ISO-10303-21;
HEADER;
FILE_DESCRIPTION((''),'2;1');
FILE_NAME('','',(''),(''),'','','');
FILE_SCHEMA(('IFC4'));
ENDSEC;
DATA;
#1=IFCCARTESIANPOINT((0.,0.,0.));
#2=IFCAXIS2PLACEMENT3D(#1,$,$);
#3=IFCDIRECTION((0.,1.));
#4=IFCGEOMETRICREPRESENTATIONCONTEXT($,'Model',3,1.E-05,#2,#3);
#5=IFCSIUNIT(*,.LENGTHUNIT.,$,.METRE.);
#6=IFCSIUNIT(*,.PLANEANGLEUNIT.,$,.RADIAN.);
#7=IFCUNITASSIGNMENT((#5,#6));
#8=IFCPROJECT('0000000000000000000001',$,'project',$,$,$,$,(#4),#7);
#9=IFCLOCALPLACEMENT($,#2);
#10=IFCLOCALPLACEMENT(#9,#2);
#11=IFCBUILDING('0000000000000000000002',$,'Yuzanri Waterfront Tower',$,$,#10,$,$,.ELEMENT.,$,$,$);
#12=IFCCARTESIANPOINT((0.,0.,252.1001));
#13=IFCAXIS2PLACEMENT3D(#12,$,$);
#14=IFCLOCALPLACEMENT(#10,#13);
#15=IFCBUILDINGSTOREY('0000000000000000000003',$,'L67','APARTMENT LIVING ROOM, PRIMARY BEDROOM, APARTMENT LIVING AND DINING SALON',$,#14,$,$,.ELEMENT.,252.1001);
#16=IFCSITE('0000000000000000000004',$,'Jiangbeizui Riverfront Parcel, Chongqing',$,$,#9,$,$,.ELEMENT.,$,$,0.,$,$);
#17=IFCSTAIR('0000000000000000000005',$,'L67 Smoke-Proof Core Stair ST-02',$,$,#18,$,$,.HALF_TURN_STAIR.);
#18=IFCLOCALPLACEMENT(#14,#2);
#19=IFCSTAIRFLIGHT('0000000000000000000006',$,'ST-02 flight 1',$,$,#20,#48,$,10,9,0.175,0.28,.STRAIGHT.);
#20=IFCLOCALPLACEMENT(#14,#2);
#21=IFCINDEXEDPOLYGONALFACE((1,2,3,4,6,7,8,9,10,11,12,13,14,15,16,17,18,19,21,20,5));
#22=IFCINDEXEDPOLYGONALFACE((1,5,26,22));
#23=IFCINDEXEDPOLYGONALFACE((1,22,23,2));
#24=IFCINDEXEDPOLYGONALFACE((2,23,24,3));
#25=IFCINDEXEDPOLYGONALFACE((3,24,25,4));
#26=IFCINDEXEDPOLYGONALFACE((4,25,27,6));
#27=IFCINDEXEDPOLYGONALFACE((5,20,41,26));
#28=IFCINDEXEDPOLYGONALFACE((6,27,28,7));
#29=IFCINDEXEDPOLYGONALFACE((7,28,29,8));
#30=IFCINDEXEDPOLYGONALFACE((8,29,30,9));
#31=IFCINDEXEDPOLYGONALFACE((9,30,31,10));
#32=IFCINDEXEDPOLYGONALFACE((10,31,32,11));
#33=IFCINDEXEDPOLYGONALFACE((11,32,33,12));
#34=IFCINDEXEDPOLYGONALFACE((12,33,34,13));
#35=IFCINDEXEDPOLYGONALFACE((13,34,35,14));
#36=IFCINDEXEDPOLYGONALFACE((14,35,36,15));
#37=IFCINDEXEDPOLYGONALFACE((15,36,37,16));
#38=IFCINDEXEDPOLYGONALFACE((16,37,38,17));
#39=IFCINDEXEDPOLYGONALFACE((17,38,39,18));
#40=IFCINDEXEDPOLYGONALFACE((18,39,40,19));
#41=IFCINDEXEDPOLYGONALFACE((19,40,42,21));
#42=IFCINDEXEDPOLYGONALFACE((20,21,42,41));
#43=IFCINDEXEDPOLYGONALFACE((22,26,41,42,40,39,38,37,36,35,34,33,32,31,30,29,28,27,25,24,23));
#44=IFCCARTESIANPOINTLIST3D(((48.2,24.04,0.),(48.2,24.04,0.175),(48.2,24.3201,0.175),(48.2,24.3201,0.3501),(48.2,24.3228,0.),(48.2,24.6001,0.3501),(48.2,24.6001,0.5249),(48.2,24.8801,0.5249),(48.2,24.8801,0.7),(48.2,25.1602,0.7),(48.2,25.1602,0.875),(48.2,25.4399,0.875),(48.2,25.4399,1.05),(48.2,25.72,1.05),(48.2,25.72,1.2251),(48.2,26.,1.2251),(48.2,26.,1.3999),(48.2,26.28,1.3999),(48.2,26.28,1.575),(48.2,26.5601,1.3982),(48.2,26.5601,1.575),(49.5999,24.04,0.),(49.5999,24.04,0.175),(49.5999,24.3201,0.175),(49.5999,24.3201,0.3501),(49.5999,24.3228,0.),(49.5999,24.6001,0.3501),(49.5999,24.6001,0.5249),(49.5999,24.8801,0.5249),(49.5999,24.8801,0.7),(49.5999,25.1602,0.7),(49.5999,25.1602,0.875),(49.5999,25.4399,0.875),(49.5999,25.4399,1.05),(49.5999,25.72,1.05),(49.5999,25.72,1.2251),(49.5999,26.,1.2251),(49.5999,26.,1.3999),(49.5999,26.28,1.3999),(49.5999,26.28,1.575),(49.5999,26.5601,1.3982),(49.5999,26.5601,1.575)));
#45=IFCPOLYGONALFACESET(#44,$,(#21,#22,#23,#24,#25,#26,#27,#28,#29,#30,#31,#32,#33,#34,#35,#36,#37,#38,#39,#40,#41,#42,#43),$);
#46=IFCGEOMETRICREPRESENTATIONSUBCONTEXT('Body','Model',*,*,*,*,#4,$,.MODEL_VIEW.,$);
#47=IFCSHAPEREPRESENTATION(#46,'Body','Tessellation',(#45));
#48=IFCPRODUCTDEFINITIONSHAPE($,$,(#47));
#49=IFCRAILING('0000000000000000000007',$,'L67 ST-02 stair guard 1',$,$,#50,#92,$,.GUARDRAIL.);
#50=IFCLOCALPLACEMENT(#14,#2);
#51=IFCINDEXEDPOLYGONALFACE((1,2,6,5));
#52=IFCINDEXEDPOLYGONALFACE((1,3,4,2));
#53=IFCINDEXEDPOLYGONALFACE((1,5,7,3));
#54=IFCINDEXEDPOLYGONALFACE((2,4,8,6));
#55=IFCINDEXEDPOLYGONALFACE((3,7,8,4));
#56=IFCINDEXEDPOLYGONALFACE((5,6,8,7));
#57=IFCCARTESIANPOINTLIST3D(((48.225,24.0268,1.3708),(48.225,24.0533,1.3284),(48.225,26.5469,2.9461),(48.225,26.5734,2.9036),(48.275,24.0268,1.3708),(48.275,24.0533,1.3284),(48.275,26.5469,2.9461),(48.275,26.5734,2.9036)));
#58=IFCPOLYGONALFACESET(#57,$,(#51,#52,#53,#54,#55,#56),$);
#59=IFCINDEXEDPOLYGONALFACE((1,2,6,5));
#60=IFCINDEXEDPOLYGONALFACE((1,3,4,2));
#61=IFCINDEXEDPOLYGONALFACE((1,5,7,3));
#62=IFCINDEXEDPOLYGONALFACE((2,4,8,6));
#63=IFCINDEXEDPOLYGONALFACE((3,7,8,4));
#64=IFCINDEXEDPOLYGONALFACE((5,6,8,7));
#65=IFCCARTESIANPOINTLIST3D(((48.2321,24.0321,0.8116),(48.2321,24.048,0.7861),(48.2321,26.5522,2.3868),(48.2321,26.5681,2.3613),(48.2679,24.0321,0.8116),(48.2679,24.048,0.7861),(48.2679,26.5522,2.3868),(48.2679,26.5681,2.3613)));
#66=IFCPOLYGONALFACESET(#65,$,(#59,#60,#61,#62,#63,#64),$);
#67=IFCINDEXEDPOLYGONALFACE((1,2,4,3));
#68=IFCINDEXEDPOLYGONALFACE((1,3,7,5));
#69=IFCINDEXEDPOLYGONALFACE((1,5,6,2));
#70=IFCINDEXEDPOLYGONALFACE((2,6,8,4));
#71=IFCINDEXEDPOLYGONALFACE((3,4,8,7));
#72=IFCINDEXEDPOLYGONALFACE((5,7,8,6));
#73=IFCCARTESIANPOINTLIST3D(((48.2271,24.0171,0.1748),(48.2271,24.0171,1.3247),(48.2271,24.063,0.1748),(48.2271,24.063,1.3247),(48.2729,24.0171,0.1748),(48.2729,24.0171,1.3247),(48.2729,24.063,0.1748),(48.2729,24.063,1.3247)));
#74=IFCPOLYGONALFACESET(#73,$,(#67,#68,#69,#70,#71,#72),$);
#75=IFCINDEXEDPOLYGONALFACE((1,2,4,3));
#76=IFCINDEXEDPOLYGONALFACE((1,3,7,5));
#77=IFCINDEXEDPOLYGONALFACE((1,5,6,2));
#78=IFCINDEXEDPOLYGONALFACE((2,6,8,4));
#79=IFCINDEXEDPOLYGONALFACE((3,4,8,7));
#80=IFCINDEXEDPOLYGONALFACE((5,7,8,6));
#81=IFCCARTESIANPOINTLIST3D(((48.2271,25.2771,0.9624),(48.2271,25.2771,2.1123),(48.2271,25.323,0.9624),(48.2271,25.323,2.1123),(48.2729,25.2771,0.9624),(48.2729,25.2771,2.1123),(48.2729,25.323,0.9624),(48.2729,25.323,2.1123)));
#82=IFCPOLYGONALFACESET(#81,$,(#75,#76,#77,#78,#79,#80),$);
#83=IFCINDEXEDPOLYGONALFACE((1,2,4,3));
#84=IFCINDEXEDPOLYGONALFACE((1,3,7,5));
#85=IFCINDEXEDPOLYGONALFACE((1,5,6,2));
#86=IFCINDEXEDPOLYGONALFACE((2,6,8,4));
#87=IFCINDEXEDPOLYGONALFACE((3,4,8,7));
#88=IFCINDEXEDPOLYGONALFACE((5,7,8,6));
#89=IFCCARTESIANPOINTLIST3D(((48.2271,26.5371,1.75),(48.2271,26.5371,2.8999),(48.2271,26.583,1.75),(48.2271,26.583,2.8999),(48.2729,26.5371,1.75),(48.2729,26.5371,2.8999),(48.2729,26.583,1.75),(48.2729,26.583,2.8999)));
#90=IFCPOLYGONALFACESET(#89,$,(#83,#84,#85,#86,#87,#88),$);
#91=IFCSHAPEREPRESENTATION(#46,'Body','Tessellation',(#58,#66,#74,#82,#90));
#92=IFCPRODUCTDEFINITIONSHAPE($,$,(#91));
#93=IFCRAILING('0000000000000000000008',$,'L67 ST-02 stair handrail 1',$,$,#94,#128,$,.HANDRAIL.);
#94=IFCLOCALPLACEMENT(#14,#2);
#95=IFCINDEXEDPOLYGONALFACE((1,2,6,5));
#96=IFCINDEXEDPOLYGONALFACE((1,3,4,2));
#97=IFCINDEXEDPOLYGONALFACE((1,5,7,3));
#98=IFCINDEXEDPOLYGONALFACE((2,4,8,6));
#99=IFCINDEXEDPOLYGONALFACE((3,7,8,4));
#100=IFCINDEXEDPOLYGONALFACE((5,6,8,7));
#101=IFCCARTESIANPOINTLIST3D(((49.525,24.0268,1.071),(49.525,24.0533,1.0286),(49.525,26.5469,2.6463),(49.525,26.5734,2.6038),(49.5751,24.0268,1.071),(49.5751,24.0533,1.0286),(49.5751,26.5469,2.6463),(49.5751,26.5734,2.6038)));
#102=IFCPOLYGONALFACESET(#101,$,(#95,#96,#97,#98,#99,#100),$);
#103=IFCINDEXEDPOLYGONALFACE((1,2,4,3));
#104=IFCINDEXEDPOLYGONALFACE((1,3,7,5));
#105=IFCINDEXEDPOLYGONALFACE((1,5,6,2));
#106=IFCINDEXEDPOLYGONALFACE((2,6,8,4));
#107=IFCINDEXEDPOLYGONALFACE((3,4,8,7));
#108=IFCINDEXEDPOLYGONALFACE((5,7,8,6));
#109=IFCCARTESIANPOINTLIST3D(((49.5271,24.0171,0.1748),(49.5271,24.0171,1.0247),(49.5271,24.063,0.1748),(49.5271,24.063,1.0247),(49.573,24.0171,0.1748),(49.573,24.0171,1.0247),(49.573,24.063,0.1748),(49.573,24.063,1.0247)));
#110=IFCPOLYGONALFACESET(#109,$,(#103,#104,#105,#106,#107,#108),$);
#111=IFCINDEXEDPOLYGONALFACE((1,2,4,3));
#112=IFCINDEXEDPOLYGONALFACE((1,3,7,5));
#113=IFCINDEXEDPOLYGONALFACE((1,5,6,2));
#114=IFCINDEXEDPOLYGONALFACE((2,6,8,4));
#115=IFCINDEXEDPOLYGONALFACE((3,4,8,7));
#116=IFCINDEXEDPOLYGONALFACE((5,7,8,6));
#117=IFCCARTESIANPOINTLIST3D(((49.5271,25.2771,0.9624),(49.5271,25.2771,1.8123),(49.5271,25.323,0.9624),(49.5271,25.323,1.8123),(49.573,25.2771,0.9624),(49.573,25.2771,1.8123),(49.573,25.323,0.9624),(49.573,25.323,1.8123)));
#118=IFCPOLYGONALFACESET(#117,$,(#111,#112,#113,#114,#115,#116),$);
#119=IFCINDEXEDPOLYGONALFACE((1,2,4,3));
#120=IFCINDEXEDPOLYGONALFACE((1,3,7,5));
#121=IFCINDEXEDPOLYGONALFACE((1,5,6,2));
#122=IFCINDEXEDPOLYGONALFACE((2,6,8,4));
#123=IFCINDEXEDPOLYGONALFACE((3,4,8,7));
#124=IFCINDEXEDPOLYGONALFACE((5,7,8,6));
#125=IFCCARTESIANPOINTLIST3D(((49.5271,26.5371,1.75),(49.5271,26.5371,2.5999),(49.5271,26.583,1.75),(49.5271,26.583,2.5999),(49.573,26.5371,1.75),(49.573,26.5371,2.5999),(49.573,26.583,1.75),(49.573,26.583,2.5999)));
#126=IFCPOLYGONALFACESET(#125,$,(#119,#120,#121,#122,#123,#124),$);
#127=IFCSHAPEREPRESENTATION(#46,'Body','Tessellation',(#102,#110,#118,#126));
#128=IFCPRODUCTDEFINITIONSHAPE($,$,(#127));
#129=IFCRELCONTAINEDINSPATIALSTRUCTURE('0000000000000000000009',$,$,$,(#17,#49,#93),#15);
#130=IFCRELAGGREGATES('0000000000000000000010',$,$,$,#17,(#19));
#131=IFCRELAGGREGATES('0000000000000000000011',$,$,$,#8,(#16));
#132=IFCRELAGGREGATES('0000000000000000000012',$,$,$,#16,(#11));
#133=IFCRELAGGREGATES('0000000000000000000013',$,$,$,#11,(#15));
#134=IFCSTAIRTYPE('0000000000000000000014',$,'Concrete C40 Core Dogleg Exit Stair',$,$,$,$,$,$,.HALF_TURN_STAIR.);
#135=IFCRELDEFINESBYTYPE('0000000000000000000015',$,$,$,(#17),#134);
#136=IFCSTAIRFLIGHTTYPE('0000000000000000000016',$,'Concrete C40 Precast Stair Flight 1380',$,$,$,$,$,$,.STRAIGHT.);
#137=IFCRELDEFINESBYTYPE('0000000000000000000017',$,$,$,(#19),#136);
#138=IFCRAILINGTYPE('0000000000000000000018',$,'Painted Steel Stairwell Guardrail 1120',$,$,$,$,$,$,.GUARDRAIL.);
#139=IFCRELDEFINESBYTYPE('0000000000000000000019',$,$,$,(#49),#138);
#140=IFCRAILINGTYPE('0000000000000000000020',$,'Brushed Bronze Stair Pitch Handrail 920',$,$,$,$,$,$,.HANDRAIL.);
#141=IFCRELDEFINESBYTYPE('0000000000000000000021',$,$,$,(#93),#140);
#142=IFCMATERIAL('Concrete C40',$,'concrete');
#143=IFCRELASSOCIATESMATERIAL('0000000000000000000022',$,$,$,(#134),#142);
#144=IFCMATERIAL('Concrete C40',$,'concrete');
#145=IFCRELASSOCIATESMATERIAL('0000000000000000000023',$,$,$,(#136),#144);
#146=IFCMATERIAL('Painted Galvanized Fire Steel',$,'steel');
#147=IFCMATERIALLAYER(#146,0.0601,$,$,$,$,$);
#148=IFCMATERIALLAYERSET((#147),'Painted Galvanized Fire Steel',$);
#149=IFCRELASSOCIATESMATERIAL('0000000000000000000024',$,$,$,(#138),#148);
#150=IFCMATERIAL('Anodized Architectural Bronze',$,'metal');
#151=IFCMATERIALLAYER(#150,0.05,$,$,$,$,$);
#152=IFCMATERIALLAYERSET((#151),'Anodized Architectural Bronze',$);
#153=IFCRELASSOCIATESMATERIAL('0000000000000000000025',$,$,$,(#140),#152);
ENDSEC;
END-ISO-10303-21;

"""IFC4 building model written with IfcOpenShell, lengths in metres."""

from ifc_helpers import new_model, si_unit, direction, frame, origin, origin_2d, place, context, subcontext, project, spatial, polyline, rectangle, outline, extrude, source, transform, mapped, material, layer, layer_set, type_object, element, aggregate, save


model = new_model("IFC4")

# Units and contexts
model_context = context("Model", 3, precision=1e-05, world=origin(), true_north=direction((0.0, 1.0)))
body_context = subcontext(model_context, "Body", "Model", "MODEL_VIEW")
ifc_project = project(units=[si_unit("LENGTHUNIT", "METRE"), si_unit("PLANEANGLEUNIT", "RADIAN")], contexts=[model_context])

# Site, building, storey
site_placement = place(None, origin())
site = spatial("IfcSite", under=ifc_project, at=site_placement, Name="Jiangbeizui Riverfront Parcel, Chongqing", CompositionType="ELEMENT", RefElevation=0.0)
building_placement = place(site_placement, origin())
building = spatial("IfcBuilding", under=site, at=building_placement, Name="Yuzanri Waterfront Tower", CompositionType="ELEMENT")
storey_placement = place(building_placement, frame((0.0, 0.0, 252.1001)))
storey = spatial("IfcBuildingStorey", under=building, at=storey_placement, Name="L67", Description="APARTMENT LIVING ROOM, PRIMARY BEDROOM, APARTMENT LIVING AND DINING SALON", CompositionType="ELEMENT", Elevation=252.1001)

# Stair, stair flight
ifc_material_1 = material(Name="Concrete C40", Category="concrete")
stair_type = type_object("IfcStairType", Name="Concrete C40 Core Dogleg Exit Stair", PredefinedType="HALF_TURN_STAIR", material=ifc_material_1)
stair_placement = place(storey_placement, origin())
stair = element("IfcStair", 1, at=stair_placement, inside=storey, type_object=stair_type, Name="L67 Smoke-Proof Core Stair ST-02", PredefinedType="HALF_TURN_STAIR")
ifc_material_2 = material(Name="Concrete C40", Category="concrete")
stair_flight_type = type_object("IfcStairFlightType", Name="Concrete C40 Precast Stair Flight 1380", PredefinedType="STRAIGHT", material=ifc_material_2)
shared_shape_1 = source(origin(), body_context, "Body", "SweptSolid", [
    extrude(outline(polyline([(0.0, 0.0), (0.0, 0.175), (0.28, 0.175), (0.28, 0.3501), (0.5601, 0.3501), (0.5601, 0.5249), (0.8401, 0.5249), (0.8401, 0.7), (1.1201, 0.7), (1.1201, 0.875), (1.3999, 0.875), (1.3999, 1.05), (1.6799, 1.05), (1.6799, 1.2251), (1.96, 1.2251), (1.96, 1.3999), (2.24, 1.3999), (2.24, 1.575), (2.52, 1.575), (2.52, 1.75), (2.52, 1.3982), (0.2827, 0.0), (0.0, 0.0)])), frame((0.0, 0.7, 0.0), z_axis=(0.0, -1.0, 0.0), x_axis=(1.0, 0.0, 0.0)), (0.0, 0.0, 1.0), 1.3999),
])
stair_flight_placement = place(storey_placement, frame((48.8999, 24.04, 0.0), z_axis=(0.0, 0.0, 1.0), x_axis=(0.0, 1.0, 0.0)))
stair_flight = element("IfcStairFlight", 2, at=stair_flight_placement, type_object=stair_flight_type, Name="ST-02 flight 1", NumberOfRisers=10, NumberOfTreads=9, PredefinedType="STRAIGHT", RiserHeight=0.175, TreadLength=0.28, context=body_context, shape_type="MappedRepresentation", body=[
    mapped(shared_shape_1, transform((0.0, 0.0, 0.0), scale=1.0)),
])
aggregate(stair, [stair_flight])

# Railings
ifc_material_3 = material(Name="Painted Galvanized Fire Steel", Category="steel")
ifc_layer_1 = layer(ifc_material_3, 0.0601)
ifc_layer_set_1 = layer_set([ifc_layer_1], Name="Painted Galvanized Fire Steel")
railing_type_1 = type_object("IfcRailingType", Name="Painted Steel Stairwell Guardrail 1120", PredefinedType="GUARDRAIL", material=ifc_layer_set_1)
shared_shape_2 = source(origin(), body_context, "Body", "SweptSolid", [
    extrude(rectangle(XDim=0.05, YDim=0.05, at=origin_2d()), frame((0.0, 0.0, 1.1748), z_axis=(0.0, 0.847971, 0.530043), x_axis=(-1.0, 0.0, 0.0)), (0.0, 0.0, 1.0), 2.9719),
    extrude(rectangle(XDim=0.0359, YDim=0.03, at=origin_2d()), frame((0.0, 0.0, 0.624), z_axis=(0.0, 0.847971, 0.530043), x_axis=(-1.0, 0.0, 0.0)), (0.0, 0.0, 1.0), 2.9719),
    extrude(rectangle(XDim=0.0459, YDim=0.0459, at=origin_2d()), origin(), (0.0, 0.0, 1.0), 1.1499),
    extrude(rectangle(XDim=0.0459, YDim=0.0459, at=origin_2d()), frame((0.0, 1.26, 0.7876)), (0.0, 0.0, 1.0), 1.1499),
    extrude(rectangle(XDim=0.0459, YDim=0.0459, at=origin_2d()), frame((0.0, 2.52, 1.5752)), (0.0, 0.0, 1.0), 1.1499),
])
railing_1_placement = place(storey_placement, frame((48.25, 24.04, 0.1748)))
element("IfcRailing", 3, at=railing_1_placement, inside=storey, type_object=railing_type_1, Name="L67 ST-02 stair guard 1", PredefinedType="GUARDRAIL", context=body_context, shape_type="MappedRepresentation", body=[
    mapped(shared_shape_2, transform((0.0, 0.0, 0.0), scale=1.0)),
])
ifc_material_4 = material(Name="Anodized Architectural Bronze", Category="metal")
ifc_layer_2 = layer(ifc_material_4, 0.05)
ifc_layer_set_2 = layer_set([ifc_layer_2], Name="Anodized Architectural Bronze")
railing_type_2 = type_object("IfcRailingType", Name="Brushed Bronze Stair Pitch Handrail 920", PredefinedType="HANDRAIL", material=ifc_layer_set_2)
shared_shape_3 = source(origin(), body_context, "Body", "SweptSolid", [
    extrude(rectangle(XDim=0.05, YDim=0.05, at=origin_2d()), frame((0.0, 0.0, 0.875), z_axis=(0.0, 0.847971, 0.530043), x_axis=(-1.0, 0.0, 0.0)), (0.0, 0.0, 1.0), 2.9719),
    extrude(rectangle(XDim=0.0459, YDim=0.0459, at=origin_2d()), origin(), (0.0, 0.0, 1.0), 0.8499),
    extrude(rectangle(XDim=0.0459, YDim=0.0459, at=origin_2d()), frame((0.0, 1.26, 0.7876)), (0.0, 0.0, 1.0), 0.8499),
    extrude(rectangle(XDim=0.0459, YDim=0.0459, at=origin_2d()), frame((0.0, 2.52, 1.5752)), (0.0, 0.0, 1.0), 0.8499),
])
railing_2_placement = place(storey_placement, frame((49.55, 24.04, 0.1748)))
element("IfcRailing", 4, at=railing_2_placement, inside=storey, type_object=railing_type_2, Name="L67 ST-02 stair handrail 1", PredefinedType="HANDRAIL", context=body_context, shape_type="MappedRepresentation", body=[
    mapped(shared_shape_3, transform((0.0, 0.0, 0.0), scale=1.0)),
])

save(model, "model.ifc")
